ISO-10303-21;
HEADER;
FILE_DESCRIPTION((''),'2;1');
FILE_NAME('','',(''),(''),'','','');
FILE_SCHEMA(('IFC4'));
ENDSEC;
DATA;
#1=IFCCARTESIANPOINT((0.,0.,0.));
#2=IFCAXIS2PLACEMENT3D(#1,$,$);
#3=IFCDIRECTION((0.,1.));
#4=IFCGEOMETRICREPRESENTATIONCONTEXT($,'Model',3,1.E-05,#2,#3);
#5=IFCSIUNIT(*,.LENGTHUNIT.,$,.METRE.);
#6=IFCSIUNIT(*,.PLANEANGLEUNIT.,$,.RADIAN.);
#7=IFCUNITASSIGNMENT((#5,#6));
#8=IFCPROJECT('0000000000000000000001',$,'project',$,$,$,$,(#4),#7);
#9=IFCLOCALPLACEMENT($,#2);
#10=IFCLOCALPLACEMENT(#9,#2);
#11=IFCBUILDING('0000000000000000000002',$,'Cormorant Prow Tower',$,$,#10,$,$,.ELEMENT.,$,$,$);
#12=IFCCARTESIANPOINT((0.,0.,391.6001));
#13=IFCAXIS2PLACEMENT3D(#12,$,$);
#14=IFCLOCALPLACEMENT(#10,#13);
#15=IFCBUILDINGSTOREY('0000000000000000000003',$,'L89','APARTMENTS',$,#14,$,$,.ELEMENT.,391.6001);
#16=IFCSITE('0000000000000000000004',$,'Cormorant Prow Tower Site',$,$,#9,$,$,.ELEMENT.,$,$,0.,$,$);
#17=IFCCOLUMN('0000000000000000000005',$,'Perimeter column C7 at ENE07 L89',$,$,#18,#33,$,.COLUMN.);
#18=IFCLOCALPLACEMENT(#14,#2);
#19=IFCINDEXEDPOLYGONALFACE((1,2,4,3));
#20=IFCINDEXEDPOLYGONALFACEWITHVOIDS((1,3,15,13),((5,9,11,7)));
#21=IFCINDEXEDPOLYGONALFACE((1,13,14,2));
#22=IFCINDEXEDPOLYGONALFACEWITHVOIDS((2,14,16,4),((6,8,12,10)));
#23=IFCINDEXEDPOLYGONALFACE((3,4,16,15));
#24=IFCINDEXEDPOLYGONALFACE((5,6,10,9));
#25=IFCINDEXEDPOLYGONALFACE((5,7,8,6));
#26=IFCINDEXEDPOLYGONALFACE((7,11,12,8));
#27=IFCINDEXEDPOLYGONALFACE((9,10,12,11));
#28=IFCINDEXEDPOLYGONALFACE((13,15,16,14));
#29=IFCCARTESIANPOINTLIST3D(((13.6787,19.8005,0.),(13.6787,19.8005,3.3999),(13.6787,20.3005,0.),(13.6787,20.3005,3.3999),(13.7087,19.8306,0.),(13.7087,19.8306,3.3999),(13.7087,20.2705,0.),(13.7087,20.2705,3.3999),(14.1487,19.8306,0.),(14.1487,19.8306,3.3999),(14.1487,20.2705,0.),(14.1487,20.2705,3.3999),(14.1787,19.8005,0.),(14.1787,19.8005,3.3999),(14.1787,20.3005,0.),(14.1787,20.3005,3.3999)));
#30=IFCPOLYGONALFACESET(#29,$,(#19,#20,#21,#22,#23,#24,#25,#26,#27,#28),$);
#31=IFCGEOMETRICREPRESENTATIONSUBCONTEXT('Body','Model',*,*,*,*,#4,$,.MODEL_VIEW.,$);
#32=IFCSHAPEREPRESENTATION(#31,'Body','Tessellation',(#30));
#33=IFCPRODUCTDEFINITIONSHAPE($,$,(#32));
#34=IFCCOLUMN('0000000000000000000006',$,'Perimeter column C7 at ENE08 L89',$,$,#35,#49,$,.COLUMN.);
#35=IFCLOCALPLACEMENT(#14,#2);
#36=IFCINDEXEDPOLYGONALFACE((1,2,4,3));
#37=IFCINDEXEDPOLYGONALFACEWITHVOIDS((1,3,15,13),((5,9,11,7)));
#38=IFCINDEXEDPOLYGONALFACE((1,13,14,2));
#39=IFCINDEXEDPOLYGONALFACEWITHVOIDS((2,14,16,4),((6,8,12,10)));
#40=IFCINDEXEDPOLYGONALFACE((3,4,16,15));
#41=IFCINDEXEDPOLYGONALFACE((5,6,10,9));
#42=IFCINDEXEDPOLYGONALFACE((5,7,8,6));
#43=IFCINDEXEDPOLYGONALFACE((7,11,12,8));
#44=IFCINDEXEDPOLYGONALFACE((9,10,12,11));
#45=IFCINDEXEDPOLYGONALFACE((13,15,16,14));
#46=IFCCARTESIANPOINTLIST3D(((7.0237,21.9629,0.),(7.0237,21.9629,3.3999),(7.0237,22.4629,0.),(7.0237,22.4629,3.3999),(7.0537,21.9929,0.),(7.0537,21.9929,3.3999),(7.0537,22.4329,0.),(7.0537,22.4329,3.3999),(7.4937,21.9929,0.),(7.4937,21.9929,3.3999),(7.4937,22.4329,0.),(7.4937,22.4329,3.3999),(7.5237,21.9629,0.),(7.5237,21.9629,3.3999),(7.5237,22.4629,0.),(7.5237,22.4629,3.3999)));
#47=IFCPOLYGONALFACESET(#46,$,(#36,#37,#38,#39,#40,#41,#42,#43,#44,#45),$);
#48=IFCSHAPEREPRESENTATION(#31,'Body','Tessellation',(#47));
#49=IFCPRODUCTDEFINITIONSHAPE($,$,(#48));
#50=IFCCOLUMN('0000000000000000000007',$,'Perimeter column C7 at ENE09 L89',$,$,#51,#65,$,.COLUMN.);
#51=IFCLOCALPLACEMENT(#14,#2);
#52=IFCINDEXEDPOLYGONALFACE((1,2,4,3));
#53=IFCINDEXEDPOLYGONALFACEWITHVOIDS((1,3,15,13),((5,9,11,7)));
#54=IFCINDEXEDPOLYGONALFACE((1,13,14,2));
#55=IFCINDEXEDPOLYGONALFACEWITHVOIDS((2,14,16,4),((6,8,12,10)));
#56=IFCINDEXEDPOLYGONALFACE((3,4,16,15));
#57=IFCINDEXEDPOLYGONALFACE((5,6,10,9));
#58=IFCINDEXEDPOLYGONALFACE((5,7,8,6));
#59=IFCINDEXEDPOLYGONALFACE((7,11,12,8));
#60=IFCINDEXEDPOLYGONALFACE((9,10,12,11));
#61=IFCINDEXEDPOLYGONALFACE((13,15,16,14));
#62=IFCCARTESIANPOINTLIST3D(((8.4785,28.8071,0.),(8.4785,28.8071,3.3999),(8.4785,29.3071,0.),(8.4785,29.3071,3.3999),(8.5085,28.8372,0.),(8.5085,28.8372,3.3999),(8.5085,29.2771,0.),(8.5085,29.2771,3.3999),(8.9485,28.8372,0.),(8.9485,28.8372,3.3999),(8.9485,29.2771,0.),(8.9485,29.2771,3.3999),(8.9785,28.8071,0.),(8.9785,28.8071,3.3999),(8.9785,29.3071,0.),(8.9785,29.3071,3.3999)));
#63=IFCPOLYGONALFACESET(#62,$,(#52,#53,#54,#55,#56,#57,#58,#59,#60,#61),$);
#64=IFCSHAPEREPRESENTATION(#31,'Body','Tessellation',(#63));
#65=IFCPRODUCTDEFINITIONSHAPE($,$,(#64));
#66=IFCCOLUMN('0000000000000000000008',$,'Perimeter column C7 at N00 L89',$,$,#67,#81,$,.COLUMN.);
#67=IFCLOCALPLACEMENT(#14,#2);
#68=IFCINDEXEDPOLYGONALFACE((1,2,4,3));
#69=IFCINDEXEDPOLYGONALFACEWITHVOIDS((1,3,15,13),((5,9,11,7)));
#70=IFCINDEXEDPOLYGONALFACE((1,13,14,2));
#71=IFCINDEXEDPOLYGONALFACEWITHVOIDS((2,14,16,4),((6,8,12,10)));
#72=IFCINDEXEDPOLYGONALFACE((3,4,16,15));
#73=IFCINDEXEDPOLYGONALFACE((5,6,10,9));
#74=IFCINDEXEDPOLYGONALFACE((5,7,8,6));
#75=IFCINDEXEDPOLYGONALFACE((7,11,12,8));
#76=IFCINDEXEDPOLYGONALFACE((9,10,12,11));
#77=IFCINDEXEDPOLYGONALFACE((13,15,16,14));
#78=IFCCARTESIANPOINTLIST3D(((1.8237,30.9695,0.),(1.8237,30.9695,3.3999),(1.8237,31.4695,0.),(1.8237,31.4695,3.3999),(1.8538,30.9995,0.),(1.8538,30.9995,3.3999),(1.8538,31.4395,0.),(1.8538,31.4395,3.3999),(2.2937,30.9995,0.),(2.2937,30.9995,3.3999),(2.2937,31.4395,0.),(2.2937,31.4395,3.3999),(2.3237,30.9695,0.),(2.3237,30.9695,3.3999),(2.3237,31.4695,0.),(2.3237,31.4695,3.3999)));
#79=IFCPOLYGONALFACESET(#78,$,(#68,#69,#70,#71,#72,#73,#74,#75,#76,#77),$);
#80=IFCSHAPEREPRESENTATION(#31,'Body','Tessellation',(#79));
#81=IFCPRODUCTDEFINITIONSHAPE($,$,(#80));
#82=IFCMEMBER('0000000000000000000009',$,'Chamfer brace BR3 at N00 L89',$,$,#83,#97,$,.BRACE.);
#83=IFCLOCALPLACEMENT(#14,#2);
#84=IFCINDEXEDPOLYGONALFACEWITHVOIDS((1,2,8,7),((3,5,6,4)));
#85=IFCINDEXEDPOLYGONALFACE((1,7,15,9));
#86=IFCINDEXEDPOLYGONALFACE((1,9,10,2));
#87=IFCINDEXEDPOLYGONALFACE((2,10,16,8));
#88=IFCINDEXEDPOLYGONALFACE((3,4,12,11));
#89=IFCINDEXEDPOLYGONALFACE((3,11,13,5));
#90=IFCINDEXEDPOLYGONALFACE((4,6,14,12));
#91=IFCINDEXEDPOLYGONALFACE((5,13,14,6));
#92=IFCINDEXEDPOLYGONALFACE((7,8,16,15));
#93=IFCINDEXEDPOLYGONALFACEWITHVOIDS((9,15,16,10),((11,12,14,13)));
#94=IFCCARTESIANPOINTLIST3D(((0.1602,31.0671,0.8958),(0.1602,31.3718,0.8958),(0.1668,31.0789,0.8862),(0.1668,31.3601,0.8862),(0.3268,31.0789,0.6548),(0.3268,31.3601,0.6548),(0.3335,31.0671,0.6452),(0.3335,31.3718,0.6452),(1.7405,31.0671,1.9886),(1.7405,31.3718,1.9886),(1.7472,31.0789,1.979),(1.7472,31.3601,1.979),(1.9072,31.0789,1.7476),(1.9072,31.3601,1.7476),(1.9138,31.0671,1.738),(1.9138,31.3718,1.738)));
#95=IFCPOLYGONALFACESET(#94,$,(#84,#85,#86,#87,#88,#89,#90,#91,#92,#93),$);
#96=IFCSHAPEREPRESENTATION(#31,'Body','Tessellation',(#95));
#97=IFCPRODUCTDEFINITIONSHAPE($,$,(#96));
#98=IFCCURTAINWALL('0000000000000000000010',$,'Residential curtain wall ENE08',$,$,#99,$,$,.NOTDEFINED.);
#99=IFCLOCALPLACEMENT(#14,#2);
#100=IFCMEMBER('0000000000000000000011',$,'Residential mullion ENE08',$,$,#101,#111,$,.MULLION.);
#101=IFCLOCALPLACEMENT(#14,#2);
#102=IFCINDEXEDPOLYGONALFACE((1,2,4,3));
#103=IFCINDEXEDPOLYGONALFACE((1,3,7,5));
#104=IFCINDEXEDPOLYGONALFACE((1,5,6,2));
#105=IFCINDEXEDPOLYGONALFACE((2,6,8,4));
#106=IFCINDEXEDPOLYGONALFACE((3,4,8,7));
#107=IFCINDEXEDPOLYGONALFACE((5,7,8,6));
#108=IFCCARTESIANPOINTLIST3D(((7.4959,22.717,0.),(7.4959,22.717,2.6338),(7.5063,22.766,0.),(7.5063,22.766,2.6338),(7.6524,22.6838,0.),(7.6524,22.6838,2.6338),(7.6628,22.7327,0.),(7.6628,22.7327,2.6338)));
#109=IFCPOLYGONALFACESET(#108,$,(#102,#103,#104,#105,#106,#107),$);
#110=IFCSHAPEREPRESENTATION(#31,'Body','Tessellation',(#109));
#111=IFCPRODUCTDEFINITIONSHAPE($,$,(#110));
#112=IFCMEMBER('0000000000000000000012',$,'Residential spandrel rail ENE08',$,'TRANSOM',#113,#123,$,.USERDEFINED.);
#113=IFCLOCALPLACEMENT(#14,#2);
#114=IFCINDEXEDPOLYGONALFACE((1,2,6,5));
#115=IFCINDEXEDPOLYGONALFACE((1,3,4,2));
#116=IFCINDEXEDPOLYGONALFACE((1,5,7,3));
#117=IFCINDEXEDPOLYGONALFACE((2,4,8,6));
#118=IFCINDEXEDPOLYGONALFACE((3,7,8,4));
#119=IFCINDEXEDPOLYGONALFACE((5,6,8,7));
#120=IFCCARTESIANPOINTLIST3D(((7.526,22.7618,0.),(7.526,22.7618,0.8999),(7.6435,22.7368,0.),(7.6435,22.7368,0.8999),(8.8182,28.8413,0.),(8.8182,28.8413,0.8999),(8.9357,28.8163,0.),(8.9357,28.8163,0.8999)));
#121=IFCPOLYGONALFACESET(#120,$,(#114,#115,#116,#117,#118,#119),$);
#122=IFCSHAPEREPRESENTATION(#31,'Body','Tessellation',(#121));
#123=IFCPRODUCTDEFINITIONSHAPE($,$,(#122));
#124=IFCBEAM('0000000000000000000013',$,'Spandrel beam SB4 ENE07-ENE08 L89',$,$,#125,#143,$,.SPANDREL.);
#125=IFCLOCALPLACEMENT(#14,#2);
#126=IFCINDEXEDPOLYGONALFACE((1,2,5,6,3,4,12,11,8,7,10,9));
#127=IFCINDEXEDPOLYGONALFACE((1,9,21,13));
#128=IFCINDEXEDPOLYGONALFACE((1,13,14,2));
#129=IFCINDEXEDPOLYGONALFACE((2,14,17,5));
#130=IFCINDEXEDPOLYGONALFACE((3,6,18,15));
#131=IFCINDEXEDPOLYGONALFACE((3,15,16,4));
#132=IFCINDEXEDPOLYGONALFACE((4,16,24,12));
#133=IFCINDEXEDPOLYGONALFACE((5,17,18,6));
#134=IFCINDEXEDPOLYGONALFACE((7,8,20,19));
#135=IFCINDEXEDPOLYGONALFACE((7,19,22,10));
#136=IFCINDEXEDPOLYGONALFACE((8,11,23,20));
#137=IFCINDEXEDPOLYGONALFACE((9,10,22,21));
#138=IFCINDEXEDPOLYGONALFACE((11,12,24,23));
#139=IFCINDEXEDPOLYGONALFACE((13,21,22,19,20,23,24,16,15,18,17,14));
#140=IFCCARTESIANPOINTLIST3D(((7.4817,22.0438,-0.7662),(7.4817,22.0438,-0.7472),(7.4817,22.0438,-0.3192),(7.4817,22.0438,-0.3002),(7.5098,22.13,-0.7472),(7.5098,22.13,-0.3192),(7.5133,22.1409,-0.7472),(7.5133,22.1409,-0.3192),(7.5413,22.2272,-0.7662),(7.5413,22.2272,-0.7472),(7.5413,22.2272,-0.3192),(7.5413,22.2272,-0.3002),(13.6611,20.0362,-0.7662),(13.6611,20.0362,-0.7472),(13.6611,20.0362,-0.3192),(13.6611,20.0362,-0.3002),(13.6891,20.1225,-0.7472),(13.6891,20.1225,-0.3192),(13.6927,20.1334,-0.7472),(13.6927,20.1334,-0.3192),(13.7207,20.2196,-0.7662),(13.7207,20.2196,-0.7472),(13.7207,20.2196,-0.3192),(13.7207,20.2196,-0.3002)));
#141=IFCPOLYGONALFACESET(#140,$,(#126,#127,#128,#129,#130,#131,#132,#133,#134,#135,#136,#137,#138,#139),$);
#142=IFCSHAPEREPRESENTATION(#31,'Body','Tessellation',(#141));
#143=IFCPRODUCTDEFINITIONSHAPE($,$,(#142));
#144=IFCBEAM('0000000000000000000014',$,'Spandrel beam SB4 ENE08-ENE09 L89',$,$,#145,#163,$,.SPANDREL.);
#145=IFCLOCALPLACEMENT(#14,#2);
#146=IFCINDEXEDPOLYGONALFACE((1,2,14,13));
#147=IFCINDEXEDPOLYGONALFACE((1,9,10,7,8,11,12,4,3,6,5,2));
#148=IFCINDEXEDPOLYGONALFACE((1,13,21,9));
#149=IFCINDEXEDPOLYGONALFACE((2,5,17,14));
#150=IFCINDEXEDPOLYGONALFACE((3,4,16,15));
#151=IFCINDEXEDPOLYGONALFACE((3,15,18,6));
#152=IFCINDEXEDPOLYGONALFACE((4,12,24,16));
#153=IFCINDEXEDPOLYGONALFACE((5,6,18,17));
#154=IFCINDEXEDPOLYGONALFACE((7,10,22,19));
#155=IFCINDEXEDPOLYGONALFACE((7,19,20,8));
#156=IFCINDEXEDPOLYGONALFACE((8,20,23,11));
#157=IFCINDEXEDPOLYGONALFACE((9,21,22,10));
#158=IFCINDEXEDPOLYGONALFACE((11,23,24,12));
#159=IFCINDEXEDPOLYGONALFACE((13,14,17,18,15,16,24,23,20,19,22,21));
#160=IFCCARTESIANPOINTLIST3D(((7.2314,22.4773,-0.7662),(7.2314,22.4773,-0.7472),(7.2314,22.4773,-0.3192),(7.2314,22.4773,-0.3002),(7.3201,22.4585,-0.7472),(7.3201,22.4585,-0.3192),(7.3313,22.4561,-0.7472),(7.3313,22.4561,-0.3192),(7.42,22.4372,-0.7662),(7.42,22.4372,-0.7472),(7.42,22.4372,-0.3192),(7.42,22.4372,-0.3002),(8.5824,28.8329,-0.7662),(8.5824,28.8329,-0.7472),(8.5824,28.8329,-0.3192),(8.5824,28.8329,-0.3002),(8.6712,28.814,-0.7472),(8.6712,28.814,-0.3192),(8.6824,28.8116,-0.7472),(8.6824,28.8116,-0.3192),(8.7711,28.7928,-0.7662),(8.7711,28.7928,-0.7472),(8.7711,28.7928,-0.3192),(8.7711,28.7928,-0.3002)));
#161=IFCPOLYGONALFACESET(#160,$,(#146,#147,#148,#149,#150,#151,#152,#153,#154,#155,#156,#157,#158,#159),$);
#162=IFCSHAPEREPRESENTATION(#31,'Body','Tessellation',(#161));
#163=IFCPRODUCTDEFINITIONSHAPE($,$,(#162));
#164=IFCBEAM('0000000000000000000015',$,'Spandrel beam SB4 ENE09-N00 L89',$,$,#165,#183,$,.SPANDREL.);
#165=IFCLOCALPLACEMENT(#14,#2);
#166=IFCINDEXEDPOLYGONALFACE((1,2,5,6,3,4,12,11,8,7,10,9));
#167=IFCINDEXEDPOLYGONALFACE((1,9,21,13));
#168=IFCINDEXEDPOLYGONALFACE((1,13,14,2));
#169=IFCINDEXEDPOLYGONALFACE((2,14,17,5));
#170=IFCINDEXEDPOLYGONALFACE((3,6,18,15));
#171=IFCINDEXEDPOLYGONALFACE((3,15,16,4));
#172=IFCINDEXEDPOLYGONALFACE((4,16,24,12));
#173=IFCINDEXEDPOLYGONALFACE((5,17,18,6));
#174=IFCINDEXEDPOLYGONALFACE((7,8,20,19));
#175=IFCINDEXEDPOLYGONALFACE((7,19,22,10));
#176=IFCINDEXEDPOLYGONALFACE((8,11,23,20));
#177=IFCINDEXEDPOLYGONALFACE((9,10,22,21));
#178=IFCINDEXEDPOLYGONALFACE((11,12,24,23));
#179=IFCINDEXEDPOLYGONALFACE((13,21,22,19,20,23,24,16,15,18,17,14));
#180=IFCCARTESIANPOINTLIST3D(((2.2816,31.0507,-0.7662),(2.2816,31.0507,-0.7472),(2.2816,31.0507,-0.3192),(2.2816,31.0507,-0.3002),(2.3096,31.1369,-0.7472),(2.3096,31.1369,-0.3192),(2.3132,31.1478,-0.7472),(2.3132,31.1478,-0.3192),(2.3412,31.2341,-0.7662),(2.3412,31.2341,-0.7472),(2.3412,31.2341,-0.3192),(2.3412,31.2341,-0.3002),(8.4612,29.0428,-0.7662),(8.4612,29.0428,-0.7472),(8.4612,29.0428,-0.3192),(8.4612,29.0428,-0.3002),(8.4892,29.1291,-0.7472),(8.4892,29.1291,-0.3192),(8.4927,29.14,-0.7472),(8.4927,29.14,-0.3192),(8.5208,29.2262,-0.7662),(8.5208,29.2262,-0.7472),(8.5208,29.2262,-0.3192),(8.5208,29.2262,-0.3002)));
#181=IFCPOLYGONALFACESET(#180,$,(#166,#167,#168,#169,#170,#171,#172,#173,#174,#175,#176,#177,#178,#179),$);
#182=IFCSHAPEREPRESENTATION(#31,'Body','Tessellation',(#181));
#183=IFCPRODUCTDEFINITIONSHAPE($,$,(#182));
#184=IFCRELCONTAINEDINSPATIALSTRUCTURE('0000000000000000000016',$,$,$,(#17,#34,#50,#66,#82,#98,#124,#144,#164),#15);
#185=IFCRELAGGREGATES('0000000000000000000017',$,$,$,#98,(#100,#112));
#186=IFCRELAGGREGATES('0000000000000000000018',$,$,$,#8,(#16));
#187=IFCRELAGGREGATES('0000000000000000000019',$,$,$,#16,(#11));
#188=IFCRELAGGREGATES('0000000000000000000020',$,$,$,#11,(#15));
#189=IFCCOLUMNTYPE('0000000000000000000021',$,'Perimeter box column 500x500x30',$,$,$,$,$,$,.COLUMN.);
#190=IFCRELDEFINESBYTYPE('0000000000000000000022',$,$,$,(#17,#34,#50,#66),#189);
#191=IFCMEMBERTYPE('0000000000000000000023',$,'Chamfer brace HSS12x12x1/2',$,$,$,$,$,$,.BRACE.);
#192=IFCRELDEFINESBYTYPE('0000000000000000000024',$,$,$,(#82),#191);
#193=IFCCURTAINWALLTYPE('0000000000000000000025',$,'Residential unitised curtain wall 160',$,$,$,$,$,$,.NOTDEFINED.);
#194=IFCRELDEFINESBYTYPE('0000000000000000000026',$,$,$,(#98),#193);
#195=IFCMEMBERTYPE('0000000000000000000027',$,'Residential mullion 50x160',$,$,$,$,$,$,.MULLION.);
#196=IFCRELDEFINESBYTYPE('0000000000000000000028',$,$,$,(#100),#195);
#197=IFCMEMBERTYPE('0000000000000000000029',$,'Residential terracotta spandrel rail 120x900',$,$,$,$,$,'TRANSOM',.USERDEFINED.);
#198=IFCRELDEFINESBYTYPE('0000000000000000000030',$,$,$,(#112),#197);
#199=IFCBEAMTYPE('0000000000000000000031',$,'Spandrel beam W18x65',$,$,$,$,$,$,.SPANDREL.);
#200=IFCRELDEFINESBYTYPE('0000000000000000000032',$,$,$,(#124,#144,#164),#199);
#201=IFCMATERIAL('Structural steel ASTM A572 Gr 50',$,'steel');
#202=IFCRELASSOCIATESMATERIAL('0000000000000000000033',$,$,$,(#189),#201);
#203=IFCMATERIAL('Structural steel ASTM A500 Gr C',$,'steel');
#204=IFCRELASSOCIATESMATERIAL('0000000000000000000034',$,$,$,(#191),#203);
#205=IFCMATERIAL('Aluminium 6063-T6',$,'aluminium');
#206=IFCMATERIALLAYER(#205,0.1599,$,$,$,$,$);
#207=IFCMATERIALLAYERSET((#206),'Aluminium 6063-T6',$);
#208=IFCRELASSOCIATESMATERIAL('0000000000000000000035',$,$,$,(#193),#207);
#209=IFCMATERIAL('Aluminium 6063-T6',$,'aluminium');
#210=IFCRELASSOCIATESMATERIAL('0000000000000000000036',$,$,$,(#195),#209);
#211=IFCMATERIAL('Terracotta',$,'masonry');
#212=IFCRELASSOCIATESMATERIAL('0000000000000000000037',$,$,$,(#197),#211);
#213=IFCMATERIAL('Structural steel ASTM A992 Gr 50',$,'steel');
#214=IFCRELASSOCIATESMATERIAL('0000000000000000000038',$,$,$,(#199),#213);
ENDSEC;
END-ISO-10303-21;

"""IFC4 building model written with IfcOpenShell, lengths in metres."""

from ifc_helpers import new_model, si_unit, direction, frame, origin, origin_2d, place, context, subcontext, project, spatial, rectangle, hollow_rectangle, i_section, extrude, material, layer, layer_set, material_profile, profile_set, type_object, element, aggregate, save


model = new_model("IFC4")

# Units and contexts
model_context = context("Model", 3, precision=1e-05, world=origin(), true_north=direction((0.0, 1.0)))
body_context = subcontext(model_context, "Body", "Model", "MODEL_VIEW")
ifc_project = project(units=[si_unit("LENGTHUNIT", "METRE"), si_unit("PLANEANGLEUNIT", "RADIAN")], contexts=[model_context])

# Site, building, storey
site_placement = place(None, origin())
site = spatial("IfcSite", under=ifc_project, at=site_placement, Name="Cormorant Prow Tower Site", CompositionType="ELEMENT", RefElevation=0.0)
building_placement = place(site_placement, origin())
building = spatial("IfcBuilding", under=site, at=building_placement, Name="Cormorant Prow Tower", CompositionType="ELEMENT")
storey_placement = place(building_placement, frame((0.0, 0.0, 391.6001)))
storey = spatial("IfcBuildingStorey", under=building, at=storey_placement, Name="L89", Description="APARTMENTS", CompositionType="ELEMENT", Elevation=391.6001)

# Columns
ifc_material_1 = material(Name="Structural steel ASTM A572 Gr 50", Category="steel")
ifc_material_profile_1 = material_profile(ifc_material_1, hollow_rectangle(XDim=0.5, YDim=0.5, WallThickness=0.03, at=origin_2d()), Name="Box 500x500x30")
ifc_profile_set_1 = profile_set([ifc_material_profile_1], Name="Structural steel ASTM A572 Gr 50")
column_type = type_object("IfcColumnType", Name="Perimeter box column 500x500x30", PredefinedType="COLUMN", material=ifc_profile_set_1)
for number, where, z_axis, x_axis, name in (
    (1, (13.9287, 20.0505, 0.0), (0.0, 0.0, 1.0), (1.0, 0.0, 0.0), "Perimeter column C7 at ENE07 L89"),
    (2, (7.2737, 22.2129, 0.0), (0.0, 0.0, 1.0), (1.0, 0.0, 0.0), "Perimeter column C7 at ENE08 L89"),
    (3, (8.7285, 29.0571, 0.0), (0.0, 0.0, 1.0), (1.0, 0.0, 0.0), "Perimeter column C7 at ENE09 L89"),
    (4, (2.0737, 31.2195, 0.0), (0.0, 0.0, 1.0), (1.0, 0.0, 0.0), "Perimeter column C7 at N00 L89"),
):
    element("IfcColumn", number, at=place(storey_placement, frame(where, z_axis=z_axis, x_axis=x_axis)), inside=storey, type_object=column_type, Name=name, PredefinedType="COLUMN", context=body_context, shape_type="SweptSolid", body=[
        extrude(hollow_rectangle(XDim=0.5, YDim=0.5, WallThickness=0.03, at=origin_2d()), origin(), (0.0, 0.0, 1.0), 3.3999),
    ])

# Member
ifc_material_2 = material(Name="Structural steel ASTM A500 Gr C", Category="steel")
ifc_material_profile_2 = material_profile(ifc_material_2, hollow_rectangle(XDim=0.3047, YDim=0.3047, WallThickness=0.0117, at=origin_2d()), Name="HSS12x12x1/2")
ifc_profile_set_2 = profile_set([ifc_material_profile_2], Name="Structural steel ASTM A500 Gr C")
member_type_1 = type_object("IfcMemberType", Name="Chamfer brace HSS12x12x1/2", PredefinedType="BRACE", material=ifc_profile_set_2)
member_1_placement = place(storey_placement, frame((0.2468, 31.2195, 0.7705), z_axis=(0.822508, 0.0, 0.568754), x_axis=(0.0, 1.0, 0.0)))
element("IfcMember", 5, at=member_1_placement, inside=storey, type_object=member_type_1, Name="Chamfer brace BR3 at N00 L89", PredefinedType="BRACE", context=body_context, shape_type="SweptSolid", body=[
    extrude(hollow_rectangle(XDim=0.3047, YDim=0.3047, WallThickness=0.0117, at=origin_2d()), origin(), (0.0, 0.0, 1.0), 1.9214),
])

# Curtain wall, members
ifc_material_3 = material(Name="Aluminium 6063-T6", Category="aluminium")
ifc_layer_1 = layer(ifc_material_3, 0.1599)
ifc_layer_set_1 = layer_set([ifc_layer_1], Name="Aluminium 6063-T6")
curtain_wall_type = type_object("IfcCurtainWallType", Name="Residential unitised curtain wall 160", PredefinedType="NOTDEFINED", material=ifc_layer_set_1)
curtain_wall_1_placement = place(storey_placement, origin())
curtain_wall_1 = element("IfcCurtainWall", 6, at=curtain_wall_1_placement, inside=storey, type_object=curtain_wall_type, Name="Residential curtain wall ENE08", PredefinedType="NOTDEFINED")
ifc_material_4 = material(Name="Aluminium 6063-T6", Category="aluminium")
ifc_material_profile_3 = material_profile(ifc_material_4, rectangle(XDim=0.1599, YDim=0.05, at=origin_2d()), Name="Residential mullion 50x160")
ifc_profile_set_3 = profile_set([ifc_material_profile_3], Name="Aluminium 6063-T6")
member_type_2 = type_object("IfcMemberType", Name="Residential mullion 50x160", PredefinedType="MULLION", material=ifc_profile_set_3)
member_2_placement = place(storey_placement, frame((7.5793, 22.7249, 0.0), z_axis=(0.0, 0.0, 1.0), x_axis=(-0.978148, 0.207912, 0.0)))
member_2 = element("IfcMember", 7, at=member_2_placement, type_object=member_type_2, Name="Residential mullion ENE08", PredefinedType="MULLION", context=body_context, shape_type="SweptSolid", body=[
    extrude(rectangle(XDim=0.1599, YDim=0.05, at=origin_2d()), origin(), (0.0, 0.0, 1.0), 2.6338),
])
ifc_material_5 = material(Name="Terracotta", Category="masonry")
ifc_material_profile_4 = material_profile(ifc_material_5, rectangle(XDim=0.1201, YDim=0.8999, at=origin_2d()), Name="Residential terracotta spandrel rail 120x900")
ifc_profile_set_4 = profile_set([ifc_material_profile_4], Name="Terracotta")
member_type_3 = type_object("IfcMemberType", Name="Residential terracotta spandrel rail 120x900", ElementType="TRANSOM", PredefinedType="USERDEFINED", material=ifc_profile_set_4)
member_3_placement = place(storey_placement, frame((7.5847, 22.7493, 0.45), z_axis=(0.207909, 0.978148, 0.0), x_axis=(-0.978148, 0.207909, 0.0)))
member_3 = element("IfcMember", 8, at=member_3_placement, type_object=member_type_3, Name="Residential spandrel rail ENE08", ObjectType="TRANSOM", PredefinedType="USERDEFINED", context=body_context, shape_type="SweptSolid", body=[
    extrude(rectangle(XDim=0.1201, YDim=0.8999, at=origin_2d()), origin(), (0.0, 0.0, 1.0), 6.2153),
])

# Beams
ifc_material_6 = material(Name="Structural steel ASTM A992 Gr 50", Category="steel")
ifc_material_profile_5 = material_profile(ifc_material_6, i_section(OverallWidth=0.1929, OverallDepth=0.4661, WebThickness=0.0115, FlangeThickness=0.019, at=origin_2d()), Name="W18x65")
ifc_profile_set_5 = profile_set([ifc_material_profile_5], Name="Structural steel ASTM A992 Gr 50")
beam_type = type_object("IfcBeamType", Name="Spandrel beam W18x65", PredefinedType="SPANDREL", material=ifc_profile_set_5)
beam_1_placement = place(storey_placement, frame((13.6909, 20.1279, -0.5332), z_axis=(-0.951068, 0.308982, 0.0), x_axis=(-0.308982, -0.951068, 0.0)))
element("IfcBeam", 9, at=beam_1_placement, inside=storey, type_object=beam_type, Name="Spandrel beam SB4 ENE07-ENE08 L89", PredefinedType="SPANDREL", context=body_context, shape_type="SweptSolid", body=[
    extrude(i_section(OverallWidth=0.1929, OverallDepth=0.4661, WebThickness=0.0115, FlangeThickness=0.019, at=origin_2d()), origin(), (0.0, 0.0, 1.0), 6.4973),
])
for number, where, z_axis, x_axis, name in (
    (10, (7.3257, 22.4573, -0.5332), (0.207938, 0.978142, 0.0), (-0.978142, 0.207938, 0.0), "Spandrel beam SB4 ENE08-ENE09 L89"),
    (11, (8.491, 29.1345, -0.5332), (-0.951057, 0.309016, 0.0), (-0.309016, -0.951057, 0.0), "Spandrel beam SB4 ENE09-N00 L89"),
):
    element("IfcBeam", number, at=place(storey_placement, frame(where, z_axis=z_axis, x_axis=x_axis)), inside=storey, type_object=beam_type, Name=name, PredefinedType="SPANDREL", context=body_context, shape_type="SweptSolid", body=[
        extrude(i_section(OverallWidth=0.1929, OverallDepth=0.4661, WebThickness=0.0115, FlangeThickness=0.019, at=origin_2d()), origin(), (0.0, 0.0, 1.0), 6.4976),
    ])

aggregate(curtain_wall_1, [member_2, member_3])

save(model, "model.ifc")
